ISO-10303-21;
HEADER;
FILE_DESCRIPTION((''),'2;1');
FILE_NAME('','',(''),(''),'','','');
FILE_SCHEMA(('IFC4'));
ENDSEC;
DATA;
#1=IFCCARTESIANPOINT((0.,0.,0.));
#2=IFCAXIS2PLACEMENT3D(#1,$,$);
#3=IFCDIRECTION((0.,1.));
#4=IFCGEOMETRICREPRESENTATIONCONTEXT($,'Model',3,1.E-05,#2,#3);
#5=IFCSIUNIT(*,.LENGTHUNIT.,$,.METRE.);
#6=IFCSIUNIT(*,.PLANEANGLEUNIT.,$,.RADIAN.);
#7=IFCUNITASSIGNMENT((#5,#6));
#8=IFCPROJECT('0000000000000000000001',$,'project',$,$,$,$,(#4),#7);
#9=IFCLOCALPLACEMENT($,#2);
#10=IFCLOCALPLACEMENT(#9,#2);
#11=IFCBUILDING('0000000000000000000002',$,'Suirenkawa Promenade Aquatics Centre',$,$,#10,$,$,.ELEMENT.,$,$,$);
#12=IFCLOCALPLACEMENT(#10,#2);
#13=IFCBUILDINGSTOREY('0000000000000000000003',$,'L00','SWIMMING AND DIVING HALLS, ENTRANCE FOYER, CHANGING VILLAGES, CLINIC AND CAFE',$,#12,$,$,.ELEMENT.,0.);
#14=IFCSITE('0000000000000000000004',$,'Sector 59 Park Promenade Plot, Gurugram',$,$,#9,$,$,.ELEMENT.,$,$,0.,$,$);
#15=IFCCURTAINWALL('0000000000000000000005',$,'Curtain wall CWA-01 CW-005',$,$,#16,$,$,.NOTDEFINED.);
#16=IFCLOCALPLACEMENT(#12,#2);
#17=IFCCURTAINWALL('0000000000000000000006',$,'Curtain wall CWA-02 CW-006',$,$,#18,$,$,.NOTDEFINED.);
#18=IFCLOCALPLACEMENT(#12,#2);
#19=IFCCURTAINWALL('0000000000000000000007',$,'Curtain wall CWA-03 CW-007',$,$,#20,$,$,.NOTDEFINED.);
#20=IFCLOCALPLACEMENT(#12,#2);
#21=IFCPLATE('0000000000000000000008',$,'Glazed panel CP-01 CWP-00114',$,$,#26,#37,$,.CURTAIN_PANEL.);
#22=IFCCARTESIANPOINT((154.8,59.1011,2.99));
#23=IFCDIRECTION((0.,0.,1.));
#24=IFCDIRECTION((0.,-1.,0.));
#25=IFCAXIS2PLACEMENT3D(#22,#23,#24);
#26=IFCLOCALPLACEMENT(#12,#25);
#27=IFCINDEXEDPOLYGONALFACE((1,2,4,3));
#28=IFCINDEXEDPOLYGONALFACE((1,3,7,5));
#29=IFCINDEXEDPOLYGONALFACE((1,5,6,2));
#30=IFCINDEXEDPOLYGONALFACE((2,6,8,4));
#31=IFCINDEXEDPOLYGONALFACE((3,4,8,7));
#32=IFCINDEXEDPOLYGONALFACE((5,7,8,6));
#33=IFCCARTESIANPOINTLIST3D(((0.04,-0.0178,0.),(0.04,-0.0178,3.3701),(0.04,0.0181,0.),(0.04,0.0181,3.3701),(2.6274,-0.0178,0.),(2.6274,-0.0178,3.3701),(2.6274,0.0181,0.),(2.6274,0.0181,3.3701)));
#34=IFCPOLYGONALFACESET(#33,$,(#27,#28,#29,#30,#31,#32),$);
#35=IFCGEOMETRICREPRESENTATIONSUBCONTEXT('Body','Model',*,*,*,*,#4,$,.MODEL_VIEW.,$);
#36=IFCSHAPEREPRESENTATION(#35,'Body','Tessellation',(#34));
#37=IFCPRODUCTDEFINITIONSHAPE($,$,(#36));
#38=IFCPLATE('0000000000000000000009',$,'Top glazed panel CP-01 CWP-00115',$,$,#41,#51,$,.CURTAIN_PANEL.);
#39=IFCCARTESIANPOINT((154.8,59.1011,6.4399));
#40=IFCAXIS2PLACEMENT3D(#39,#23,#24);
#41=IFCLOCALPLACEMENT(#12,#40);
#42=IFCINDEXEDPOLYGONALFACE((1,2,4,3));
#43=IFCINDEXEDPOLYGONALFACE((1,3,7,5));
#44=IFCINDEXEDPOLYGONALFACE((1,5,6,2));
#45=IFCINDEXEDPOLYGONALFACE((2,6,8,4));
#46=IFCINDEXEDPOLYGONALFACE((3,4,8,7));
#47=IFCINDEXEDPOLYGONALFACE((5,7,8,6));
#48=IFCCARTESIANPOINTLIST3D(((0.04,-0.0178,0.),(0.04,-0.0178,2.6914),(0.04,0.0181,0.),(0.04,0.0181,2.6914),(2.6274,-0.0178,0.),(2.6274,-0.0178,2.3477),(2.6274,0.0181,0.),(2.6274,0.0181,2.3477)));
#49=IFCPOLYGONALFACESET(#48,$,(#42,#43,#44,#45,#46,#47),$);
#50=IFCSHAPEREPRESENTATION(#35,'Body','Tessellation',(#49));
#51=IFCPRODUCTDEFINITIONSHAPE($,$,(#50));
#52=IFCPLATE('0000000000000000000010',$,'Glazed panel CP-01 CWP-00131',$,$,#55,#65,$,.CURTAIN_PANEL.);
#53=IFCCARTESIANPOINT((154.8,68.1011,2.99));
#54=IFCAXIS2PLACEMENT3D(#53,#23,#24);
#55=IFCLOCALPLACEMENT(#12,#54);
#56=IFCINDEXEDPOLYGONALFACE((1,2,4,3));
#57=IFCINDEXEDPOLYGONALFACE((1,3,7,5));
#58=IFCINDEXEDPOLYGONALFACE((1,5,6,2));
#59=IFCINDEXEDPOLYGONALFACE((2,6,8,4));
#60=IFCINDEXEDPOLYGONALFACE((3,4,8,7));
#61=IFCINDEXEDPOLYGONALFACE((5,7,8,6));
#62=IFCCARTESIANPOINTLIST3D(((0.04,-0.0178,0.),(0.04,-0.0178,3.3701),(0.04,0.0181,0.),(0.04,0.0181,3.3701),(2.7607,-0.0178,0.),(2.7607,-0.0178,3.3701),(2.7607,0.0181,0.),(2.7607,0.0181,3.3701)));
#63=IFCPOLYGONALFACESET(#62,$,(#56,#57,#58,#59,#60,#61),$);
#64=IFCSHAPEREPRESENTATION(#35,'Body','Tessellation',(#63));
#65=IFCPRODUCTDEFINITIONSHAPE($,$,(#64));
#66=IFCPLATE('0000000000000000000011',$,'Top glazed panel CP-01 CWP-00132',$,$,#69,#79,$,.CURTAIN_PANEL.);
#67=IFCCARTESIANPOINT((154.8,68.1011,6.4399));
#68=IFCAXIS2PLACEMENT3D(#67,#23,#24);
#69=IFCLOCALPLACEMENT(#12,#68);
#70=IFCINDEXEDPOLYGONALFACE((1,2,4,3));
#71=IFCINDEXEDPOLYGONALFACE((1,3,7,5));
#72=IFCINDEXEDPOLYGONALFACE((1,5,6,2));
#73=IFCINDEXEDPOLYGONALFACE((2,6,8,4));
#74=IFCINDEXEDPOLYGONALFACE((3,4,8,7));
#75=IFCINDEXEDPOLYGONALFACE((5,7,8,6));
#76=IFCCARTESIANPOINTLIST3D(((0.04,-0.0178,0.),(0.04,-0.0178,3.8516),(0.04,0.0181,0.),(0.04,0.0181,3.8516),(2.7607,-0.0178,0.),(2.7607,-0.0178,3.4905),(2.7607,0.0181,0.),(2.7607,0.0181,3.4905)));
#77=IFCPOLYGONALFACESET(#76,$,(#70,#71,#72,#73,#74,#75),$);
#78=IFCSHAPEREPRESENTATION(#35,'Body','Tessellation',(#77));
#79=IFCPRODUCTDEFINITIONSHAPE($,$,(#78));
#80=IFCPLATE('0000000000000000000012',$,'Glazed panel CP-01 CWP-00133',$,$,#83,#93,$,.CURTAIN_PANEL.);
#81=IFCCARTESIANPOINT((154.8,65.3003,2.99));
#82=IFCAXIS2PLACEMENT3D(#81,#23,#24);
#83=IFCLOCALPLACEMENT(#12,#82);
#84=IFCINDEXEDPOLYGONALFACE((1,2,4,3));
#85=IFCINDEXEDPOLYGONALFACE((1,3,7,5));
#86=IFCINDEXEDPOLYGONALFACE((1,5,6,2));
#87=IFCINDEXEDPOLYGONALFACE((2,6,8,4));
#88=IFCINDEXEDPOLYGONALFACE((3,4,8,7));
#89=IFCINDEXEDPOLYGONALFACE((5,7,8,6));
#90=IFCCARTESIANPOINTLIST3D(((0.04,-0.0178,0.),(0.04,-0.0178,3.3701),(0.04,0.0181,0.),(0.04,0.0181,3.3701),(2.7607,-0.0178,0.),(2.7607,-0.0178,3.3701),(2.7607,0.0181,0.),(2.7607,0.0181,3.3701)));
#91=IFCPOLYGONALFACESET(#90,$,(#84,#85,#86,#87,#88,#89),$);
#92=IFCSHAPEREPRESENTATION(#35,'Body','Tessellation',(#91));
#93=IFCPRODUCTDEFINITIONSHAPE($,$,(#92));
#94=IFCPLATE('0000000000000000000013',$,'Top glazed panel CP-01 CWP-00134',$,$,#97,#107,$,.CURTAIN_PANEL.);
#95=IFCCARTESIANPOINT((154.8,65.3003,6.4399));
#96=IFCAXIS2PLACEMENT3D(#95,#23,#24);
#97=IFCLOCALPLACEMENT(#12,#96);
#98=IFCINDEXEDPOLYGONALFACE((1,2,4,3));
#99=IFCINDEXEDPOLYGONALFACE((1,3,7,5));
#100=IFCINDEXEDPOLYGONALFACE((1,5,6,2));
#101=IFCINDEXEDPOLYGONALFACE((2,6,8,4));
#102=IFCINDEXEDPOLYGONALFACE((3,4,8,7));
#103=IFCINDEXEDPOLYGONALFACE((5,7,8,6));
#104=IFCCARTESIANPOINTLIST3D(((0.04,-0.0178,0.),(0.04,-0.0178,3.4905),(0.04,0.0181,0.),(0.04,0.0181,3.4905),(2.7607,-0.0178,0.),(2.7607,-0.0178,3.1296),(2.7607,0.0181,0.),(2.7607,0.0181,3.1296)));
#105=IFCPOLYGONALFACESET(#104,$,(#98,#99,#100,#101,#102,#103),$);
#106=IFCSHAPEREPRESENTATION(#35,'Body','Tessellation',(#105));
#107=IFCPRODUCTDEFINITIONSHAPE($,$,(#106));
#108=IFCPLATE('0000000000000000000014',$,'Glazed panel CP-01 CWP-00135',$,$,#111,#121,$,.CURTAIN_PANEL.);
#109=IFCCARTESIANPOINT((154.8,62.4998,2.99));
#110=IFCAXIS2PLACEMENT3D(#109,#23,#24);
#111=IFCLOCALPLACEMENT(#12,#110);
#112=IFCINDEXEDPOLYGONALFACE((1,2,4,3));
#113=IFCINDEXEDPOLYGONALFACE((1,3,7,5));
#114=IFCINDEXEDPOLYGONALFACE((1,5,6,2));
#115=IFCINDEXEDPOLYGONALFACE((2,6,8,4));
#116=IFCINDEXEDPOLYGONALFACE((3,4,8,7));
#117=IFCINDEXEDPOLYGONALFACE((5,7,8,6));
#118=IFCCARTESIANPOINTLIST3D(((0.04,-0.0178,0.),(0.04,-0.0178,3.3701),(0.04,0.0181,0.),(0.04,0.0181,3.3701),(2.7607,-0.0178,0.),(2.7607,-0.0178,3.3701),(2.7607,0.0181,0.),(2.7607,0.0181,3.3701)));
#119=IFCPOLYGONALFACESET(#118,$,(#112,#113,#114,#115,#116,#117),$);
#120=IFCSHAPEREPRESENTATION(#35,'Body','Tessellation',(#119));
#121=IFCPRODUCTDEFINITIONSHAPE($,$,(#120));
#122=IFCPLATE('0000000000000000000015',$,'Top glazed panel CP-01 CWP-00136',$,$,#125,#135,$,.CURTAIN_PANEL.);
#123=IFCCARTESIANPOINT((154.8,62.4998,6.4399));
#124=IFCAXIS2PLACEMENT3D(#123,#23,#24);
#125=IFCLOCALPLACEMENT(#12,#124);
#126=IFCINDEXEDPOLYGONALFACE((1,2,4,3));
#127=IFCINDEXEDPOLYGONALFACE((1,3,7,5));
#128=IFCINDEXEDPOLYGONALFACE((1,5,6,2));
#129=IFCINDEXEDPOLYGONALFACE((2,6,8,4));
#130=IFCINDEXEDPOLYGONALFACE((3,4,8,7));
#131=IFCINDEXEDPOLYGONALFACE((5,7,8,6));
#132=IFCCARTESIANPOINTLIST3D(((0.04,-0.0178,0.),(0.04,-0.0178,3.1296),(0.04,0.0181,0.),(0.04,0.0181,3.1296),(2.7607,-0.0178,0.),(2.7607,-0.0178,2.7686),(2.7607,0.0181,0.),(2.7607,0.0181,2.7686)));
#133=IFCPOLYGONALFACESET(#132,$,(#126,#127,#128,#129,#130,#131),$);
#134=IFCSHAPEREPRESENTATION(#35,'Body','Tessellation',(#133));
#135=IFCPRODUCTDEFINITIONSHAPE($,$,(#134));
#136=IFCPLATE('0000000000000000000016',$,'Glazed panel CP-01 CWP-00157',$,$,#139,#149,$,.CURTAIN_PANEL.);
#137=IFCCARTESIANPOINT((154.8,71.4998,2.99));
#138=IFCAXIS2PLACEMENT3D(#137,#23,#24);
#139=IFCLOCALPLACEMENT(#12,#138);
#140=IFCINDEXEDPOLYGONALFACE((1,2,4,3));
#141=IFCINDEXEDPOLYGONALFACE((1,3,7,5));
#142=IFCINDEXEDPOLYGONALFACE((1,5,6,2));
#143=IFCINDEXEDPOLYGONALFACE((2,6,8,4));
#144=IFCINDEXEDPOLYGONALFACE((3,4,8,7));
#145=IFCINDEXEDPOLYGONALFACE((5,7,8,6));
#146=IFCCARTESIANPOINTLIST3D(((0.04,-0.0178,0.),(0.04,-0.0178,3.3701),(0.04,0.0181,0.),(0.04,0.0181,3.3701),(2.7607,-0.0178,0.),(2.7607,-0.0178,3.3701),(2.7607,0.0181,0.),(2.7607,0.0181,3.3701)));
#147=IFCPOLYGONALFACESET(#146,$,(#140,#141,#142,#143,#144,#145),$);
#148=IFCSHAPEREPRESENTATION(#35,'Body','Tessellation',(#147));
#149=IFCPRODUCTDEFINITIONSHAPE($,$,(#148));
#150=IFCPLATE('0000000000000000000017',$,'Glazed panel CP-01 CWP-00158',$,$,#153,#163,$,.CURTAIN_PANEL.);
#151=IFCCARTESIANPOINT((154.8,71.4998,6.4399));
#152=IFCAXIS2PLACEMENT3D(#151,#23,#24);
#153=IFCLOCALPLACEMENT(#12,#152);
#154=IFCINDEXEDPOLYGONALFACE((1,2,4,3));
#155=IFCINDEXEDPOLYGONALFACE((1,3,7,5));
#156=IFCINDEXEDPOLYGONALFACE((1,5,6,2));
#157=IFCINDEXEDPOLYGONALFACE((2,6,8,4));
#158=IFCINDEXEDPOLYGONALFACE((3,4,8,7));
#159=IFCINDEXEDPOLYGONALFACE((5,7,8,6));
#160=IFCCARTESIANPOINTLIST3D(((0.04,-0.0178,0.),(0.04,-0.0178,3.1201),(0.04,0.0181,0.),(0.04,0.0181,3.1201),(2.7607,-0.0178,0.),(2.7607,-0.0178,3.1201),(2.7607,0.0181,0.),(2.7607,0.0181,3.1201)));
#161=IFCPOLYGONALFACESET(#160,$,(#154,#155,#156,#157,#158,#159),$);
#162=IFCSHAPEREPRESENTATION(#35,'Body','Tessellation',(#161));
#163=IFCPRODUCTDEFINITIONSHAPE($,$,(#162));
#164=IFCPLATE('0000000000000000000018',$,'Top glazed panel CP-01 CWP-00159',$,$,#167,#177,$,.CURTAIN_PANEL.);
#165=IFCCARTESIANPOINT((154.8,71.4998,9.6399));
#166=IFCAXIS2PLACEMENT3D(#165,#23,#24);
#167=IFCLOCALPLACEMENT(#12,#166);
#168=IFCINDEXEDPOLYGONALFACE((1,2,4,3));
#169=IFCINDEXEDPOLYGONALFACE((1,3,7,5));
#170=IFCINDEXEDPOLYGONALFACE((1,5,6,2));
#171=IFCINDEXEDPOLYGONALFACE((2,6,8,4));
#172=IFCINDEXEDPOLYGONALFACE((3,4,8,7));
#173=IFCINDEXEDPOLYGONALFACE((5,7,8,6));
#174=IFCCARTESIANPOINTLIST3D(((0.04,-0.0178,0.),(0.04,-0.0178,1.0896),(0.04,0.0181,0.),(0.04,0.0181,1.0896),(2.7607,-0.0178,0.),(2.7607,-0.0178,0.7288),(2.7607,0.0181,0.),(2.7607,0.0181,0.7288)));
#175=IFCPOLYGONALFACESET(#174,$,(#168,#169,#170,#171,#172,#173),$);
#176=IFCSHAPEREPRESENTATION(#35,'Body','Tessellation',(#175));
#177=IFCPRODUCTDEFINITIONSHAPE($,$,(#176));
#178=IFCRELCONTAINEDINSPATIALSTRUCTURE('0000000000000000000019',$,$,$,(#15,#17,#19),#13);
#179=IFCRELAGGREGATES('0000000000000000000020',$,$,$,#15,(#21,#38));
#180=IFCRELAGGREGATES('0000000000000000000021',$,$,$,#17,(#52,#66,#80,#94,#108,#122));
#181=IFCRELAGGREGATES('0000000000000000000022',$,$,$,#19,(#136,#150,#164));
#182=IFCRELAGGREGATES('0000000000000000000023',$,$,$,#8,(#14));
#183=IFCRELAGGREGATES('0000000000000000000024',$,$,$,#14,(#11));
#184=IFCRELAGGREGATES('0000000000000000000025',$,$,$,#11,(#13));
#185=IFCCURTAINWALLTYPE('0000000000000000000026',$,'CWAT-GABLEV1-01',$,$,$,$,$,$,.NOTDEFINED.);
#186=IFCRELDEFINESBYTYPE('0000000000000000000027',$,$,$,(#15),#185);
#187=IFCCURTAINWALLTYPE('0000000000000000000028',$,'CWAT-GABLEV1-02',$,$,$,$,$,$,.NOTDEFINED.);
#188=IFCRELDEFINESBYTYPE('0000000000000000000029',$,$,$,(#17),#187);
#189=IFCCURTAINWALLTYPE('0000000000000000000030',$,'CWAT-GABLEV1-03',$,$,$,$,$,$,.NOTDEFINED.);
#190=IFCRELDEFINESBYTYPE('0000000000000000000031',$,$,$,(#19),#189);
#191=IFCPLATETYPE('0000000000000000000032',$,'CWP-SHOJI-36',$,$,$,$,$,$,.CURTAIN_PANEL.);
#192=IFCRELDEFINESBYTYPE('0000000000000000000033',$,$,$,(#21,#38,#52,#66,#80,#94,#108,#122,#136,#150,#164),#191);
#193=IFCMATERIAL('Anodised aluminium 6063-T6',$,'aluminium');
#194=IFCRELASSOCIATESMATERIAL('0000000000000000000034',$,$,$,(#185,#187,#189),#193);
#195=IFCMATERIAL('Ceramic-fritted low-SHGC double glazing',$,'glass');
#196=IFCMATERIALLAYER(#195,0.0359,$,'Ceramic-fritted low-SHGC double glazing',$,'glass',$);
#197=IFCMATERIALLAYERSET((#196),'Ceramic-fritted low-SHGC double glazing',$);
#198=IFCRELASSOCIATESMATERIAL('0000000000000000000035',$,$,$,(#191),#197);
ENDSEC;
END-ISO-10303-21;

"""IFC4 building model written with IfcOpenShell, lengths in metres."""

from ifc_helpers import new_model, si_unit, direction, frame, origin, place, context, subcontext, project, spatial, polyline, outline, extrude, material, layer, layer_set, type_object, element, aggregate, save


model = new_model("IFC4")

# Units and contexts
model_context = context("Model", 3, precision=1e-05, world=origin(), true_north=direction((0.0, 1.0)))
body_context = subcontext(model_context, "Body", "Model", "MODEL_VIEW")
ifc_project = project(units=[si_unit("LENGTHUNIT", "METRE"), si_unit("PLANEANGLEUNIT", "RADIAN")], contexts=[model_context])

# Site, building, storey
site_placement = place(None, origin())
site = spatial("IfcSite", under=ifc_project, at=site_placement, Name="Sector 59 Park Promenade Plot, Gurugram", CompositionType="ELEMENT", RefElevation=0.0)
building_placement = place(site_placement, origin())
building = spatial("IfcBuilding", under=site, at=building_placement, Name="Suirenkawa Promenade Aquatics Centre", CompositionType="ELEMENT")
storey_placement = place(building_placement, origin())
storey = spatial("IfcBuildingStorey", under=building, at=storey_placement, Name="L00", Description="SWIMMING AND DIVING HALLS, ENTRANCE FOYER, CHANGING VILLAGES, CLINIC AND CAFE", CompositionType="ELEMENT", Elevation=0.0)

# Curtain wall
ifc_material_1 = material(Name="Anodised aluminium 6063-T6", Category="aluminium")
curtain_wall_type_1 = type_object("IfcCurtainWallType", Name="CWAT-GABLEV1-01", PredefinedType="NOTDEFINED", material=ifc_material_1)
curtain_wall_1_placement = place(storey_placement, origin())
curtain_wall_1 = element("IfcCurtainWall", 1, at=curtain_wall_1_placement, inside=storey, type_object=curtain_wall_type_1, Name="Curtain wall CWA-01 CW-005", PredefinedType="NOTDEFINED")

# Curtain walls
curtain_wall_type_2 = type_object("IfcCurtainWallType", Name="CWAT-GABLEV1-02", PredefinedType="NOTDEFINED", material=ifc_material_1)
curtain_wall_2_placement = place(storey_placement, origin())
curtain_wall_2 = element("IfcCurtainWall", 2, at=curtain_wall_2_placement, inside=storey, type_object=curtain_wall_type_2, Name="Curtain wall CWA-02 CW-006", PredefinedType="NOTDEFINED")
curtain_wall_type_3 = type_object("IfcCurtainWallType", Name="CWAT-GABLEV1-03", PredefinedType="NOTDEFINED", material=ifc_material_1)
curtain_wall_3_placement = place(storey_placement, origin())
curtain_wall_3 = element("IfcCurtainWall", 3, at=curtain_wall_3_placement, inside=storey, type_object=curtain_wall_type_3, Name="Curtain wall CWA-03 CW-007", PredefinedType="NOTDEFINED")

# Plates
ifc_material_2 = material(Name="Ceramic-fritted low-SHGC double glazing", Category="glass")
ifc_layer_1 = layer(ifc_material_2, 0.0359, Name="Ceramic-fritted low-SHGC double glazing", Category="glass")
ifc_layer_set_1 = layer_set([ifc_layer_1], Name="Ceramic-fritted low-SHGC double glazing")
plate_type = type_object("IfcPlateType", Name="CWP-SHOJI-36", PredefinedType="CURTAIN_PANEL", material=ifc_layer_set_1)
plate_1_placement = place(storey_placement, frame((154.8, 59.1011, 2.99), z_axis=(0.0, 0.0, 1.0), x_axis=(0.0, -1.0, 0.0)))
plate_1 = element("IfcPlate", 4, at=plate_1_placement, type_object=plate_type, Name="Glazed panel CP-01 CWP-00114", PredefinedType="CURTAIN_PANEL", context=body_context, shape_type="SweptSolid", body=[
    extrude(outline(polyline([(0.04, 0.0), (2.6274, 0.0), (2.6274, 3.3701), (0.04, 3.3701), (0.04, 0.0)])), frame((0.0, 0.0181, 0.0), z_axis=(0.0, -1.0, 0.0), x_axis=(1.0, 0.0, 0.0)), (0.0, 0.0, 1.0), 0.0359),
])
plate_2_placement = place(storey_placement, frame((154.8, 59.1011, 6.4399), z_axis=(0.0, 0.0, 1.0), x_axis=(0.0, -1.0, 0.0)))
plate_2 = element("IfcPlate", 5, at=plate_2_placement, type_object=plate_type, Name="Top glazed panel CP-01 CWP-00115", PredefinedType="CURTAIN_PANEL", context=body_context, shape_type="SweptSolid", body=[
    extrude(outline(polyline([(0.04, 0.0), (2.6274, 0.0), (2.6274, 2.3477), (0.04, 2.6914), (0.04, 0.0)])), frame((0.0, 0.0181, 0.0), z_axis=(0.0, -1.0, 0.0), x_axis=(1.0, 0.0, 0.0)), (0.0, 0.0, 1.0), 0.0359),
])
aggregate(curtain_wall_1, [plate_1, plate_2])
plate_3_placement = place(storey_placement, frame((154.8, 68.1011, 2.99), z_axis=(0.0, 0.0, 1.0), x_axis=(0.0, -1.0, 0.0)))
plate_3 = element("IfcPlate", 6, at=plate_3_placement, type_object=plate_type, Name="Glazed panel CP-01 CWP-00131", PredefinedType="CURTAIN_PANEL", context=body_context, shape_type="SweptSolid", body=[
    extrude(outline(polyline([(0.04, 0.0), (2.7607, 0.0), (2.7607, 3.3701), (0.04, 3.3701), (0.04, 0.0)])), frame((0.0, 0.0181, 0.0), z_axis=(0.0, -1.0, 0.0), x_axis=(1.0, 0.0, 0.0)), (0.0, 0.0, 1.0), 0.0359),
])
plate_4_placement = place(storey_placement, frame((154.8, 68.1011, 6.4399), z_axis=(0.0, 0.0, 1.0), x_axis=(0.0, -1.0, 0.0)))
plate_4 = element("IfcPlate", 7, at=plate_4_placement, type_object=plate_type, Name="Top glazed panel CP-01 CWP-00132", PredefinedType="CURTAIN_PANEL", context=body_context, shape_type="SweptSolid", body=[
    extrude(outline(polyline([(0.04, 0.0), (2.7607, 0.0), (2.7607, 3.4905), (0.04, 3.8516), (0.04, 0.0)])), frame((0.0, 0.0181, 0.0), z_axis=(0.0, -1.0, 0.0), x_axis=(1.0, 0.0, 0.0)), (0.0, 0.0, 1.0), 0.0359),
])
plate_5_placement = place(storey_placement, frame((154.8, 65.3003, 2.99), z_axis=(0.0, 0.0, 1.0), x_axis=(0.0, -1.0, 0.0)))
plate_5 = element("IfcPlate", 8, at=plate_5_placement, type_object=plate_type, Name="Glazed panel CP-01 CWP-00133", PredefinedType="CURTAIN_PANEL", context=body_context, shape_type="SweptSolid", body=[
    extrude(outline(polyline([(0.04, 0.0), (2.7607, 0.0), (2.7607, 3.3701), (0.04, 3.3701), (0.04, 0.0)])), frame((0.0, 0.0181, 0.0), z_axis=(0.0, -1.0, 0.0), x_axis=(1.0, 0.0, 0.0)), (0.0, 0.0, 1.0), 0.0359),
])
plate_6_placement = place(storey_placement, frame((154.8, 65.3003, 6.4399), z_axis=(0.0, 0.0, 1.0), x_axis=(0.0, -1.0, 0.0)))
plate_6 = element("IfcPlate", 9, at=plate_6_placement, type_object=plate_type, Name="Top glazed panel CP-01 CWP-00134", PredefinedType="CURTAIN_PANEL", context=body_context, shape_type="SweptSolid", body=[
    extrude(outline(polyline([(0.04, 0.0), (2.7607, 0.0), (2.7607, 3.1296), (0.04, 3.4905), (0.04, 0.0)])), frame((0.0, 0.0181, 0.0), z_axis=(0.0, -1.0, 0.0), x_axis=(1.0, 0.0, 0.0)), (0.0, 0.0, 1.0), 0.0359),
])
plate_7_placement = place(storey_placement, frame((154.8, 62.4998, 2.99), z_axis=(0.0, 0.0, 1.0), x_axis=(0.0, -1.0, 0.0)))
plate_7 = element("IfcPlate", 10, at=plate_7_placement, type_object=plate_type, Name="Glazed panel CP-01 CWP-00135", PredefinedType="CURTAIN_PANEL", context=body_context, shape_type="SweptSolid", body=[
    extrude(outline(polyline([(0.04, 0.0), (2.7607, 0.0), (2.7607, 3.3701), (0.04, 3.3701), (0.04, 0.0)])), frame((0.0, 0.0181, 0.0), z_axis=(0.0, -1.0, 0.0), x_axis=(1.0, 0.0, 0.0)), (0.0, 0.0, 1.0), 0.0359),
])
plate_8_placement = place(storey_placement, frame((154.8, 62.4998, 6.4399), z_axis=(0.0, 0.0, 1.0), x_axis=(0.0, -1.0, 0.0)))
plate_8 = element("IfcPlate", 11, at=plate_8_placement, type_object=plate_type, Name="Top glazed panel CP-01 CWP-00136", PredefinedType="CURTAIN_PANEL", context=body_context, shape_type="SweptSolid", body=[
    extrude(outline(polyline([(0.04, 0.0), (2.7607, 0.0), (2.7607, 2.7686), (0.04, 3.1296), (0.04, 0.0)])), frame((0.0, 0.0181, 0.0), z_axis=(0.0, -1.0, 0.0), x_axis=(1.0, 0.0, 0.0)), (0.0, 0.0, 1.0), 0.0359),
])
aggregate(curtain_wall_2, [plate_3, plate_4, plate_5, plate_6, plate_7, plate_8])
plate_9_placement = place(storey_placement, frame((154.8, 71.4998, 2.99), z_axis=(0.0, 0.0, 1.0), x_axis=(0.0, -1.0, 0.0)))
plate_9 = element("IfcPlate", 12, at=plate_9_placement, type_object=plate_type, Name="Glazed panel CP-01 CWP-00157", PredefinedType="CURTAIN_PANEL", context=body_context, shape_type="SweptSolid", body=[
    extrude(outline(polyline([(0.04, 0.0), (2.7607, 0.0), (2.7607, 3.3701), (0.04, 3.3701), (0.04, 0.0)])), frame((0.0, 0.0181, 0.0), z_axis=(0.0, -1.0, 0.0), x_axis=(1.0, 0.0, 0.0)), (0.0, 0.0, 1.0), 0.0359),
])
plate_10_placement = place(storey_placement, frame((154.8, 71.4998, 6.4399), z_axis=(0.0, 0.0, 1.0), x_axis=(0.0, -1.0, 0.0)))
plate_10 = element("IfcPlate", 13, at=plate_10_placement, type_object=plate_type, Name="Glazed panel CP-01 CWP-00158", PredefinedType="CURTAIN_PANEL", context=body_context, shape_type="SweptSolid", body=[
    extrude(outline(polyline([(0.04, 0.0), (2.7607, 0.0), (2.7607, 3.1201), (0.04, 3.1201), (0.04, 0.0)])), frame((0.0, 0.0181, 0.0), z_axis=(0.0, -1.0, 0.0), x_axis=(1.0, 0.0, 0.0)), (0.0, 0.0, 1.0), 0.0359),
])
plate_11_placement = place(storey_placement, frame((154.8, 71.4998, 9.6399), z_axis=(0.0, 0.0, 1.0), x_axis=(0.0, -1.0, 0.0)))
plate_11 = element("IfcPlate", 14, at=plate_11_placement, type_object=plate_type, Name="Top glazed panel CP-01 CWP-00159", PredefinedType="CURTAIN_PANEL", context=body_context, shape_type="SweptSolid", body=[
    extrude(outline(polyline([(0.04, 0.0), (2.7607, 0.0), (2.7607, 0.7288), (0.04, 1.0896), (0.04, 0.0)])), frame((0.0, 0.0181, 0.0), z_axis=(0.0, -1.0, 0.0), x_axis=(1.0, 0.0, 0.0)), (0.0, 0.0, 1.0), 0.0359),
])
aggregate(curtain_wall_3, [plate_9, plate_10, plate_11])

save(model, "model.ifc")
